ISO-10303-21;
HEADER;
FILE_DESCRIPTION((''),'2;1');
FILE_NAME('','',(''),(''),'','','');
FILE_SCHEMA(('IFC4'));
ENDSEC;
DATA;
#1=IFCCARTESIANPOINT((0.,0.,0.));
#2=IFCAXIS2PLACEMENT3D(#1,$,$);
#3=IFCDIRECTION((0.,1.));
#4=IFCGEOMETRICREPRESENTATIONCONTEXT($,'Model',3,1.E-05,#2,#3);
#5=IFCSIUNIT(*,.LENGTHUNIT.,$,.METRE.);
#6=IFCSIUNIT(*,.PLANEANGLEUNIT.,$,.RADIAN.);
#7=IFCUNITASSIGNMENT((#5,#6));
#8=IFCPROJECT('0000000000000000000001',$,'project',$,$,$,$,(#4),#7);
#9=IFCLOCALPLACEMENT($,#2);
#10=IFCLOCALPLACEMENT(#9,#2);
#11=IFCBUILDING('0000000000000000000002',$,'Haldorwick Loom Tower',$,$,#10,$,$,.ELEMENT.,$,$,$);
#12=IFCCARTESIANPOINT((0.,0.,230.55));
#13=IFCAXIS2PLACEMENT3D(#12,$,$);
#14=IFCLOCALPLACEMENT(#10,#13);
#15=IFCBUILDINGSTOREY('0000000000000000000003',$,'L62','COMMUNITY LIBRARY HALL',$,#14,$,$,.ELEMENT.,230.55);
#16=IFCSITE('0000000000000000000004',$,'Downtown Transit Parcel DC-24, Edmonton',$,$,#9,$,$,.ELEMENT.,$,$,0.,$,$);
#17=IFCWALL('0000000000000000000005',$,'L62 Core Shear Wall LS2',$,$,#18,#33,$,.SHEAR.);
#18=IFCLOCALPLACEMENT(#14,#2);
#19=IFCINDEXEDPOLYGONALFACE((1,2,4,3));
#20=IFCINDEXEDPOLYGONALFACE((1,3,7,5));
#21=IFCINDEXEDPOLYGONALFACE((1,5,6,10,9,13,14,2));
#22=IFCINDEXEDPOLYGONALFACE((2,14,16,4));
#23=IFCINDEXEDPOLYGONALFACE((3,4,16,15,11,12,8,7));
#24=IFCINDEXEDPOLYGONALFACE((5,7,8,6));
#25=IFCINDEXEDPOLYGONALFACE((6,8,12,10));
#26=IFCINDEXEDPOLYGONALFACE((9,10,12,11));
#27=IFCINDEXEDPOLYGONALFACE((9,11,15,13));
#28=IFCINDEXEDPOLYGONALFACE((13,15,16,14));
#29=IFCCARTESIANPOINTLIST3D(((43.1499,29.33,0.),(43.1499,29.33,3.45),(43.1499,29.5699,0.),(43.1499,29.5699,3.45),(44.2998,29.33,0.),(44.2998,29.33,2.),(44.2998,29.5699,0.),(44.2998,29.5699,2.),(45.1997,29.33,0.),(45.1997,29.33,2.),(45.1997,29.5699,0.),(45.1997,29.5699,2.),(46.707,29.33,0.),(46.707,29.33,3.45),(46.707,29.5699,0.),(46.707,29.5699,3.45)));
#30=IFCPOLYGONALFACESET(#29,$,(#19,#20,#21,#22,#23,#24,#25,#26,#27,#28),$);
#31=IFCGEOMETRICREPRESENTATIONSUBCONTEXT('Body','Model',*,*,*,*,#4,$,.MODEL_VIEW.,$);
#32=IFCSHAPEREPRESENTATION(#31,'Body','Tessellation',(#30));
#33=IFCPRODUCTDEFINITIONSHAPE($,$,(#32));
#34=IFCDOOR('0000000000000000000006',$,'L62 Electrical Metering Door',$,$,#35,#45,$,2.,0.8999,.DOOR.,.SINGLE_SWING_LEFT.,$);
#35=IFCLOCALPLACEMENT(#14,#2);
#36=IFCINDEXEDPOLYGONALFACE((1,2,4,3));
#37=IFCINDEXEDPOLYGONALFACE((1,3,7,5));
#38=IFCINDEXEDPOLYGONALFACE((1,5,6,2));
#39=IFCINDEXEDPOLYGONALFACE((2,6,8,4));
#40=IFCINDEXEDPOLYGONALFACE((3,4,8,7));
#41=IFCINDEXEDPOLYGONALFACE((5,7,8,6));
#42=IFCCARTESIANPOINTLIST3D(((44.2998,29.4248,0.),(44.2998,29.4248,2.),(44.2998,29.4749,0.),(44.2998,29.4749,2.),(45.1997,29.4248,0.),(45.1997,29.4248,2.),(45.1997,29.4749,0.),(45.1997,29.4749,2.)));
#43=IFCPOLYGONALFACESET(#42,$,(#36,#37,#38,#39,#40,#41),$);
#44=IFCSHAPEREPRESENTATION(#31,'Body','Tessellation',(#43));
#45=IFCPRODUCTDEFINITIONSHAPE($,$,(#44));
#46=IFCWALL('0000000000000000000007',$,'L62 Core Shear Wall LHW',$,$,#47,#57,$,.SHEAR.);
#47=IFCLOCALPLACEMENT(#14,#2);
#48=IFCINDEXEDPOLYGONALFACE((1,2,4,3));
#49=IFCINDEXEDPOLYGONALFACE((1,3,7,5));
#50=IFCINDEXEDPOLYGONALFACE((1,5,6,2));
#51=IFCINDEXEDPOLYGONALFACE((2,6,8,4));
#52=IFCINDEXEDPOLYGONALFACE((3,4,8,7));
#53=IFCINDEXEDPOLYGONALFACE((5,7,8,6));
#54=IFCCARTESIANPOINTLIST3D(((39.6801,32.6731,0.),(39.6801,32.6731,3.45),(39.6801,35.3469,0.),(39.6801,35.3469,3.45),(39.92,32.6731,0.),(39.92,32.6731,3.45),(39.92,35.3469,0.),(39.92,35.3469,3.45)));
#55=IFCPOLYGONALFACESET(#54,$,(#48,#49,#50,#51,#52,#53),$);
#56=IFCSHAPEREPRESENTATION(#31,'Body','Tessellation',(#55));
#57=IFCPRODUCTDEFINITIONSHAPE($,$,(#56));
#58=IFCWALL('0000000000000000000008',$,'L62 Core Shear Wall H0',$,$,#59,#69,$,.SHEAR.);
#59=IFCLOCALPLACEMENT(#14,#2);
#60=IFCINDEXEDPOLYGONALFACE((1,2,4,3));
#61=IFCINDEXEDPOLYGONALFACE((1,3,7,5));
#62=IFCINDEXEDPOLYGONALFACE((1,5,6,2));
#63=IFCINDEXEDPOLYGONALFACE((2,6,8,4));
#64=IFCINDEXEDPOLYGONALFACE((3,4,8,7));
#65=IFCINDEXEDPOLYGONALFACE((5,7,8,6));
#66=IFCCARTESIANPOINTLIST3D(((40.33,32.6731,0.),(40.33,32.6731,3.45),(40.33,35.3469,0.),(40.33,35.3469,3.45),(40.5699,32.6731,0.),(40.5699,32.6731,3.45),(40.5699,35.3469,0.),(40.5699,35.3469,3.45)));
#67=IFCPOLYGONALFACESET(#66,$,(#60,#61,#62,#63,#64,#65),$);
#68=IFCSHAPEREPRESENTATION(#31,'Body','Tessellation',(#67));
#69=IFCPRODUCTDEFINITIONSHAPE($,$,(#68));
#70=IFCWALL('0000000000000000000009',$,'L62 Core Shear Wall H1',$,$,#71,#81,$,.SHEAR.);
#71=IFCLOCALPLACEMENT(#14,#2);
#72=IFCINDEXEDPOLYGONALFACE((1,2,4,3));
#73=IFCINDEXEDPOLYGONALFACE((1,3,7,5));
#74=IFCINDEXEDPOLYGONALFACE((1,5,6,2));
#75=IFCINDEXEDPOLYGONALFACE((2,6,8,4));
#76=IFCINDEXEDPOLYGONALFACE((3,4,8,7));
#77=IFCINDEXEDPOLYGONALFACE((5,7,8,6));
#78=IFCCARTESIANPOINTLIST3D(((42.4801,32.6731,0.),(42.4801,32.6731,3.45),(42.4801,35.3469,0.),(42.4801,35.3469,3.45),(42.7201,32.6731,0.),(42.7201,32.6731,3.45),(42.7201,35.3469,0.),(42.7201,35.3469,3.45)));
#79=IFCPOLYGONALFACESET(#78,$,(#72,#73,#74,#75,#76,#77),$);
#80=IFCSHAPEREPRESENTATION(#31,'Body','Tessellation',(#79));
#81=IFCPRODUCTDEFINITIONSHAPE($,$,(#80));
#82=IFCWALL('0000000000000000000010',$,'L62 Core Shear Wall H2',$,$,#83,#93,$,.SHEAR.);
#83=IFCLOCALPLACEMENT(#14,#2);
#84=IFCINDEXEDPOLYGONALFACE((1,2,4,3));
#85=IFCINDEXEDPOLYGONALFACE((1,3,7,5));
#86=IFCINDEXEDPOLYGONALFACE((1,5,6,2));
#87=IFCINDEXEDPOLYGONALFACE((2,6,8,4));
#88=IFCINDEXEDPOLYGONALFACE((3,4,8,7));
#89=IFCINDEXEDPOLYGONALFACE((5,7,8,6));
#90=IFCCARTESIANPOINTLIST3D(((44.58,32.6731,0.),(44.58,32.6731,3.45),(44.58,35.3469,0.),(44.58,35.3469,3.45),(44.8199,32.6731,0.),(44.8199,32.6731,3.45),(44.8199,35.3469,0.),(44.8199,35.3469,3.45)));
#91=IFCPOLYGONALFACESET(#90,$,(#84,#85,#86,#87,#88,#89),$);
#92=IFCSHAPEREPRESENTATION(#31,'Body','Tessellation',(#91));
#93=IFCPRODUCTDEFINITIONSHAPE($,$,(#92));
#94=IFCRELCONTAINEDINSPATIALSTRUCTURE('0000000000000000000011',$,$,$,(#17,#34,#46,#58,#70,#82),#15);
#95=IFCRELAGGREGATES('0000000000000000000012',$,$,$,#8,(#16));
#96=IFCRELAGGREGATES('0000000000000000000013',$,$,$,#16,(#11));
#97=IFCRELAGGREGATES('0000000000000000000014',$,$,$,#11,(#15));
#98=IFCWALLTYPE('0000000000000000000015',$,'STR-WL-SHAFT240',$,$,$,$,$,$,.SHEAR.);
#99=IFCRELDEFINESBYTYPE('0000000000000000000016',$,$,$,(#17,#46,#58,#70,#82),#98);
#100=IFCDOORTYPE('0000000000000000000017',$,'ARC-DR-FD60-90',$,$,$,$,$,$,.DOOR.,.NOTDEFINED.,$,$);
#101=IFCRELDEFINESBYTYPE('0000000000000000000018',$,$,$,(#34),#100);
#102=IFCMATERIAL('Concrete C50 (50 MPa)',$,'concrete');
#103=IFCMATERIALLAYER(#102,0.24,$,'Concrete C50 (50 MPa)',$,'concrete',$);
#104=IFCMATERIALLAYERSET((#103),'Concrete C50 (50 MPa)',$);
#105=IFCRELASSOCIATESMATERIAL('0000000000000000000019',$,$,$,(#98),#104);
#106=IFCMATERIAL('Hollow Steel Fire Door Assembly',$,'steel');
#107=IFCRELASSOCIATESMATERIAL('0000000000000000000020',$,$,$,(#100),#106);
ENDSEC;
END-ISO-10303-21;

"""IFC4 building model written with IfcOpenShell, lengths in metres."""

from ifc_helpers import new_model, si_unit, direction, frame, frame_2d, origin, place, context, subcontext, project, spatial, rectangle, extrude, material, layer, layer_set, type_object, element, fill, save


model = new_model("IFC4")

# Units and contexts
model_context = context("Model", 3, precision=1e-05, world=origin(), true_north=direction((0.0, 1.0)))
body_context = subcontext(model_context, "Body", "Model", "MODEL_VIEW")
ifc_project = project(units=[si_unit("LENGTHUNIT", "METRE"), si_unit("PLANEANGLEUNIT", "RADIAN")], contexts=[model_context])

# Site, building, storey
site_placement = place(None, origin())
site = spatial("IfcSite", under=ifc_project, at=site_placement, Name="Downtown Transit Parcel DC-24, Edmonton", CompositionType="ELEMENT", RefElevation=0.0)
building_placement = place(site_placement, origin())
building = spatial("IfcBuilding", under=site, at=building_placement, Name="Haldorwick Loom Tower", CompositionType="ELEMENT")
storey_placement = place(building_placement, frame((0.0, 0.0, 230.55)))
storey = spatial("IfcBuildingStorey", under=building, at=storey_placement, Name="L62", Description="COMMUNITY LIBRARY HALL", CompositionType="ELEMENT", Elevation=230.55)

# Shared definitions
ifc_material_1 = material(Name="Concrete C50 (50 MPa)", Category="concrete")

# Wall, opening, door
ifc_layer_1 = layer(ifc_material_1, 0.24, Name="Concrete C50 (50 MPa)", Category="concrete")
ifc_layer_set_1 = layer_set([ifc_layer_1], Name="Concrete C50 (50 MPa)")
wall_type_1 = type_object("IfcWallType", Name="STR-WL-SHAFT240", PredefinedType="SHEAR", material=ifc_layer_set_1)
wall_1_placement = place(storey_placement, frame((43.1499, 29.45, 0.0), z_axis=(0.0, 0.0, 1.0), x_axis=(1.0, 0.0, 0.0)))
wall_1 = element("IfcWall", 1, at=wall_1_placement, inside=storey, type_object=wall_type_1, Name="L62 Core Shear Wall LS2", PredefinedType="SHEAR", context=body_context, shape_type="SweptSolid", body=[
    extrude(rectangle(XDim=3.5571, YDim=0.24, at=frame_2d((1.7786, 0.0))), origin(), (0.0, 0.0, 1.0), 3.45),
])
opening_1_placement = place(wall_1_placement, frame((1.1499, 0.0, 0.0)))
opening_1 = element("IfcOpeningElement", 2, at=opening_1_placement, cuts=wall_1, PredefinedType="OPENING", context=body_context, shape_type="SweptSolid", body=[
    extrude(rectangle(XDim=0.8999, YDim=2.0, at=frame_2d((0.45, 1.0))), frame((0.0, 0.1299, 0.0), z_axis=(0.0, -1.0, 0.0), x_axis=(1.0, 0.0, 0.0)), (0.0, 0.0, 1.0), 0.26),
])
ifc_material_2 = material(Name="Hollow Steel Fire Door Assembly", Category="steel")
door_type = type_object("IfcDoorType", Name="ARC-DR-FD60-90", OperationType="NOTDEFINED", PredefinedType="DOOR", material=ifc_material_2)
door_placement = place(opening_1_placement, origin())
door = element("IfcDoor", 3, at=door_placement, inside=storey, type_object=door_type, Name="L62 Electrical Metering Door", OperationType="SINGLE_SWING_LEFT", OverallHeight=2.0, OverallWidth=0.8999, PredefinedType="DOOR", context=body_context, shape_type="SweptSolid", body=[
    extrude(rectangle(XDim=0.8999, YDim=2.0, at=frame_2d((0.45, 1.0))), frame((0.0, 0.0249, 0.0), z_axis=(0.0, -1.0, 0.0), x_axis=(1.0, 0.0, 0.0)), (0.0, 0.0, 1.0), 0.05),
])
fill(opening_1, door)

# Walls
for number, where, z_axis, x_axis, name in (
    (4, (39.8, 32.6731, 0.0), (0.0, 0.0, 1.0), (0.0, 1.0, 0.0), "L62 Core Shear Wall LHW"),
    (5, (40.45, 32.6731, 0.0), (0.0, 0.0, 1.0), (0.0, 1.0, 0.0), "L62 Core Shear Wall H0"),
    (6, (42.6001, 32.6731, 0.0), (0.0, 0.0, 1.0), (0.0, 1.0, 0.0), "L62 Core Shear Wall H1"),
    (7, (44.7, 32.6731, 0.0), (0.0, 0.0, 1.0), (0.0, 1.0, 0.0), "L62 Core Shear Wall H2"),
):
    element("IfcWall", number, at=place(storey_placement, frame(where, z_axis=z_axis, x_axis=x_axis)), inside=storey, type_object=wall_type_1, Name=name, PredefinedType="SHEAR", context=body_context, shape_type="SweptSolid", body=[
        extrude(rectangle(XDim=2.6738, YDim=0.24, at=frame_2d((1.3369, 0.0))), origin(), (0.0, 0.0, 1.0), 3.45),
    ])

save(model, "model.ifc")
